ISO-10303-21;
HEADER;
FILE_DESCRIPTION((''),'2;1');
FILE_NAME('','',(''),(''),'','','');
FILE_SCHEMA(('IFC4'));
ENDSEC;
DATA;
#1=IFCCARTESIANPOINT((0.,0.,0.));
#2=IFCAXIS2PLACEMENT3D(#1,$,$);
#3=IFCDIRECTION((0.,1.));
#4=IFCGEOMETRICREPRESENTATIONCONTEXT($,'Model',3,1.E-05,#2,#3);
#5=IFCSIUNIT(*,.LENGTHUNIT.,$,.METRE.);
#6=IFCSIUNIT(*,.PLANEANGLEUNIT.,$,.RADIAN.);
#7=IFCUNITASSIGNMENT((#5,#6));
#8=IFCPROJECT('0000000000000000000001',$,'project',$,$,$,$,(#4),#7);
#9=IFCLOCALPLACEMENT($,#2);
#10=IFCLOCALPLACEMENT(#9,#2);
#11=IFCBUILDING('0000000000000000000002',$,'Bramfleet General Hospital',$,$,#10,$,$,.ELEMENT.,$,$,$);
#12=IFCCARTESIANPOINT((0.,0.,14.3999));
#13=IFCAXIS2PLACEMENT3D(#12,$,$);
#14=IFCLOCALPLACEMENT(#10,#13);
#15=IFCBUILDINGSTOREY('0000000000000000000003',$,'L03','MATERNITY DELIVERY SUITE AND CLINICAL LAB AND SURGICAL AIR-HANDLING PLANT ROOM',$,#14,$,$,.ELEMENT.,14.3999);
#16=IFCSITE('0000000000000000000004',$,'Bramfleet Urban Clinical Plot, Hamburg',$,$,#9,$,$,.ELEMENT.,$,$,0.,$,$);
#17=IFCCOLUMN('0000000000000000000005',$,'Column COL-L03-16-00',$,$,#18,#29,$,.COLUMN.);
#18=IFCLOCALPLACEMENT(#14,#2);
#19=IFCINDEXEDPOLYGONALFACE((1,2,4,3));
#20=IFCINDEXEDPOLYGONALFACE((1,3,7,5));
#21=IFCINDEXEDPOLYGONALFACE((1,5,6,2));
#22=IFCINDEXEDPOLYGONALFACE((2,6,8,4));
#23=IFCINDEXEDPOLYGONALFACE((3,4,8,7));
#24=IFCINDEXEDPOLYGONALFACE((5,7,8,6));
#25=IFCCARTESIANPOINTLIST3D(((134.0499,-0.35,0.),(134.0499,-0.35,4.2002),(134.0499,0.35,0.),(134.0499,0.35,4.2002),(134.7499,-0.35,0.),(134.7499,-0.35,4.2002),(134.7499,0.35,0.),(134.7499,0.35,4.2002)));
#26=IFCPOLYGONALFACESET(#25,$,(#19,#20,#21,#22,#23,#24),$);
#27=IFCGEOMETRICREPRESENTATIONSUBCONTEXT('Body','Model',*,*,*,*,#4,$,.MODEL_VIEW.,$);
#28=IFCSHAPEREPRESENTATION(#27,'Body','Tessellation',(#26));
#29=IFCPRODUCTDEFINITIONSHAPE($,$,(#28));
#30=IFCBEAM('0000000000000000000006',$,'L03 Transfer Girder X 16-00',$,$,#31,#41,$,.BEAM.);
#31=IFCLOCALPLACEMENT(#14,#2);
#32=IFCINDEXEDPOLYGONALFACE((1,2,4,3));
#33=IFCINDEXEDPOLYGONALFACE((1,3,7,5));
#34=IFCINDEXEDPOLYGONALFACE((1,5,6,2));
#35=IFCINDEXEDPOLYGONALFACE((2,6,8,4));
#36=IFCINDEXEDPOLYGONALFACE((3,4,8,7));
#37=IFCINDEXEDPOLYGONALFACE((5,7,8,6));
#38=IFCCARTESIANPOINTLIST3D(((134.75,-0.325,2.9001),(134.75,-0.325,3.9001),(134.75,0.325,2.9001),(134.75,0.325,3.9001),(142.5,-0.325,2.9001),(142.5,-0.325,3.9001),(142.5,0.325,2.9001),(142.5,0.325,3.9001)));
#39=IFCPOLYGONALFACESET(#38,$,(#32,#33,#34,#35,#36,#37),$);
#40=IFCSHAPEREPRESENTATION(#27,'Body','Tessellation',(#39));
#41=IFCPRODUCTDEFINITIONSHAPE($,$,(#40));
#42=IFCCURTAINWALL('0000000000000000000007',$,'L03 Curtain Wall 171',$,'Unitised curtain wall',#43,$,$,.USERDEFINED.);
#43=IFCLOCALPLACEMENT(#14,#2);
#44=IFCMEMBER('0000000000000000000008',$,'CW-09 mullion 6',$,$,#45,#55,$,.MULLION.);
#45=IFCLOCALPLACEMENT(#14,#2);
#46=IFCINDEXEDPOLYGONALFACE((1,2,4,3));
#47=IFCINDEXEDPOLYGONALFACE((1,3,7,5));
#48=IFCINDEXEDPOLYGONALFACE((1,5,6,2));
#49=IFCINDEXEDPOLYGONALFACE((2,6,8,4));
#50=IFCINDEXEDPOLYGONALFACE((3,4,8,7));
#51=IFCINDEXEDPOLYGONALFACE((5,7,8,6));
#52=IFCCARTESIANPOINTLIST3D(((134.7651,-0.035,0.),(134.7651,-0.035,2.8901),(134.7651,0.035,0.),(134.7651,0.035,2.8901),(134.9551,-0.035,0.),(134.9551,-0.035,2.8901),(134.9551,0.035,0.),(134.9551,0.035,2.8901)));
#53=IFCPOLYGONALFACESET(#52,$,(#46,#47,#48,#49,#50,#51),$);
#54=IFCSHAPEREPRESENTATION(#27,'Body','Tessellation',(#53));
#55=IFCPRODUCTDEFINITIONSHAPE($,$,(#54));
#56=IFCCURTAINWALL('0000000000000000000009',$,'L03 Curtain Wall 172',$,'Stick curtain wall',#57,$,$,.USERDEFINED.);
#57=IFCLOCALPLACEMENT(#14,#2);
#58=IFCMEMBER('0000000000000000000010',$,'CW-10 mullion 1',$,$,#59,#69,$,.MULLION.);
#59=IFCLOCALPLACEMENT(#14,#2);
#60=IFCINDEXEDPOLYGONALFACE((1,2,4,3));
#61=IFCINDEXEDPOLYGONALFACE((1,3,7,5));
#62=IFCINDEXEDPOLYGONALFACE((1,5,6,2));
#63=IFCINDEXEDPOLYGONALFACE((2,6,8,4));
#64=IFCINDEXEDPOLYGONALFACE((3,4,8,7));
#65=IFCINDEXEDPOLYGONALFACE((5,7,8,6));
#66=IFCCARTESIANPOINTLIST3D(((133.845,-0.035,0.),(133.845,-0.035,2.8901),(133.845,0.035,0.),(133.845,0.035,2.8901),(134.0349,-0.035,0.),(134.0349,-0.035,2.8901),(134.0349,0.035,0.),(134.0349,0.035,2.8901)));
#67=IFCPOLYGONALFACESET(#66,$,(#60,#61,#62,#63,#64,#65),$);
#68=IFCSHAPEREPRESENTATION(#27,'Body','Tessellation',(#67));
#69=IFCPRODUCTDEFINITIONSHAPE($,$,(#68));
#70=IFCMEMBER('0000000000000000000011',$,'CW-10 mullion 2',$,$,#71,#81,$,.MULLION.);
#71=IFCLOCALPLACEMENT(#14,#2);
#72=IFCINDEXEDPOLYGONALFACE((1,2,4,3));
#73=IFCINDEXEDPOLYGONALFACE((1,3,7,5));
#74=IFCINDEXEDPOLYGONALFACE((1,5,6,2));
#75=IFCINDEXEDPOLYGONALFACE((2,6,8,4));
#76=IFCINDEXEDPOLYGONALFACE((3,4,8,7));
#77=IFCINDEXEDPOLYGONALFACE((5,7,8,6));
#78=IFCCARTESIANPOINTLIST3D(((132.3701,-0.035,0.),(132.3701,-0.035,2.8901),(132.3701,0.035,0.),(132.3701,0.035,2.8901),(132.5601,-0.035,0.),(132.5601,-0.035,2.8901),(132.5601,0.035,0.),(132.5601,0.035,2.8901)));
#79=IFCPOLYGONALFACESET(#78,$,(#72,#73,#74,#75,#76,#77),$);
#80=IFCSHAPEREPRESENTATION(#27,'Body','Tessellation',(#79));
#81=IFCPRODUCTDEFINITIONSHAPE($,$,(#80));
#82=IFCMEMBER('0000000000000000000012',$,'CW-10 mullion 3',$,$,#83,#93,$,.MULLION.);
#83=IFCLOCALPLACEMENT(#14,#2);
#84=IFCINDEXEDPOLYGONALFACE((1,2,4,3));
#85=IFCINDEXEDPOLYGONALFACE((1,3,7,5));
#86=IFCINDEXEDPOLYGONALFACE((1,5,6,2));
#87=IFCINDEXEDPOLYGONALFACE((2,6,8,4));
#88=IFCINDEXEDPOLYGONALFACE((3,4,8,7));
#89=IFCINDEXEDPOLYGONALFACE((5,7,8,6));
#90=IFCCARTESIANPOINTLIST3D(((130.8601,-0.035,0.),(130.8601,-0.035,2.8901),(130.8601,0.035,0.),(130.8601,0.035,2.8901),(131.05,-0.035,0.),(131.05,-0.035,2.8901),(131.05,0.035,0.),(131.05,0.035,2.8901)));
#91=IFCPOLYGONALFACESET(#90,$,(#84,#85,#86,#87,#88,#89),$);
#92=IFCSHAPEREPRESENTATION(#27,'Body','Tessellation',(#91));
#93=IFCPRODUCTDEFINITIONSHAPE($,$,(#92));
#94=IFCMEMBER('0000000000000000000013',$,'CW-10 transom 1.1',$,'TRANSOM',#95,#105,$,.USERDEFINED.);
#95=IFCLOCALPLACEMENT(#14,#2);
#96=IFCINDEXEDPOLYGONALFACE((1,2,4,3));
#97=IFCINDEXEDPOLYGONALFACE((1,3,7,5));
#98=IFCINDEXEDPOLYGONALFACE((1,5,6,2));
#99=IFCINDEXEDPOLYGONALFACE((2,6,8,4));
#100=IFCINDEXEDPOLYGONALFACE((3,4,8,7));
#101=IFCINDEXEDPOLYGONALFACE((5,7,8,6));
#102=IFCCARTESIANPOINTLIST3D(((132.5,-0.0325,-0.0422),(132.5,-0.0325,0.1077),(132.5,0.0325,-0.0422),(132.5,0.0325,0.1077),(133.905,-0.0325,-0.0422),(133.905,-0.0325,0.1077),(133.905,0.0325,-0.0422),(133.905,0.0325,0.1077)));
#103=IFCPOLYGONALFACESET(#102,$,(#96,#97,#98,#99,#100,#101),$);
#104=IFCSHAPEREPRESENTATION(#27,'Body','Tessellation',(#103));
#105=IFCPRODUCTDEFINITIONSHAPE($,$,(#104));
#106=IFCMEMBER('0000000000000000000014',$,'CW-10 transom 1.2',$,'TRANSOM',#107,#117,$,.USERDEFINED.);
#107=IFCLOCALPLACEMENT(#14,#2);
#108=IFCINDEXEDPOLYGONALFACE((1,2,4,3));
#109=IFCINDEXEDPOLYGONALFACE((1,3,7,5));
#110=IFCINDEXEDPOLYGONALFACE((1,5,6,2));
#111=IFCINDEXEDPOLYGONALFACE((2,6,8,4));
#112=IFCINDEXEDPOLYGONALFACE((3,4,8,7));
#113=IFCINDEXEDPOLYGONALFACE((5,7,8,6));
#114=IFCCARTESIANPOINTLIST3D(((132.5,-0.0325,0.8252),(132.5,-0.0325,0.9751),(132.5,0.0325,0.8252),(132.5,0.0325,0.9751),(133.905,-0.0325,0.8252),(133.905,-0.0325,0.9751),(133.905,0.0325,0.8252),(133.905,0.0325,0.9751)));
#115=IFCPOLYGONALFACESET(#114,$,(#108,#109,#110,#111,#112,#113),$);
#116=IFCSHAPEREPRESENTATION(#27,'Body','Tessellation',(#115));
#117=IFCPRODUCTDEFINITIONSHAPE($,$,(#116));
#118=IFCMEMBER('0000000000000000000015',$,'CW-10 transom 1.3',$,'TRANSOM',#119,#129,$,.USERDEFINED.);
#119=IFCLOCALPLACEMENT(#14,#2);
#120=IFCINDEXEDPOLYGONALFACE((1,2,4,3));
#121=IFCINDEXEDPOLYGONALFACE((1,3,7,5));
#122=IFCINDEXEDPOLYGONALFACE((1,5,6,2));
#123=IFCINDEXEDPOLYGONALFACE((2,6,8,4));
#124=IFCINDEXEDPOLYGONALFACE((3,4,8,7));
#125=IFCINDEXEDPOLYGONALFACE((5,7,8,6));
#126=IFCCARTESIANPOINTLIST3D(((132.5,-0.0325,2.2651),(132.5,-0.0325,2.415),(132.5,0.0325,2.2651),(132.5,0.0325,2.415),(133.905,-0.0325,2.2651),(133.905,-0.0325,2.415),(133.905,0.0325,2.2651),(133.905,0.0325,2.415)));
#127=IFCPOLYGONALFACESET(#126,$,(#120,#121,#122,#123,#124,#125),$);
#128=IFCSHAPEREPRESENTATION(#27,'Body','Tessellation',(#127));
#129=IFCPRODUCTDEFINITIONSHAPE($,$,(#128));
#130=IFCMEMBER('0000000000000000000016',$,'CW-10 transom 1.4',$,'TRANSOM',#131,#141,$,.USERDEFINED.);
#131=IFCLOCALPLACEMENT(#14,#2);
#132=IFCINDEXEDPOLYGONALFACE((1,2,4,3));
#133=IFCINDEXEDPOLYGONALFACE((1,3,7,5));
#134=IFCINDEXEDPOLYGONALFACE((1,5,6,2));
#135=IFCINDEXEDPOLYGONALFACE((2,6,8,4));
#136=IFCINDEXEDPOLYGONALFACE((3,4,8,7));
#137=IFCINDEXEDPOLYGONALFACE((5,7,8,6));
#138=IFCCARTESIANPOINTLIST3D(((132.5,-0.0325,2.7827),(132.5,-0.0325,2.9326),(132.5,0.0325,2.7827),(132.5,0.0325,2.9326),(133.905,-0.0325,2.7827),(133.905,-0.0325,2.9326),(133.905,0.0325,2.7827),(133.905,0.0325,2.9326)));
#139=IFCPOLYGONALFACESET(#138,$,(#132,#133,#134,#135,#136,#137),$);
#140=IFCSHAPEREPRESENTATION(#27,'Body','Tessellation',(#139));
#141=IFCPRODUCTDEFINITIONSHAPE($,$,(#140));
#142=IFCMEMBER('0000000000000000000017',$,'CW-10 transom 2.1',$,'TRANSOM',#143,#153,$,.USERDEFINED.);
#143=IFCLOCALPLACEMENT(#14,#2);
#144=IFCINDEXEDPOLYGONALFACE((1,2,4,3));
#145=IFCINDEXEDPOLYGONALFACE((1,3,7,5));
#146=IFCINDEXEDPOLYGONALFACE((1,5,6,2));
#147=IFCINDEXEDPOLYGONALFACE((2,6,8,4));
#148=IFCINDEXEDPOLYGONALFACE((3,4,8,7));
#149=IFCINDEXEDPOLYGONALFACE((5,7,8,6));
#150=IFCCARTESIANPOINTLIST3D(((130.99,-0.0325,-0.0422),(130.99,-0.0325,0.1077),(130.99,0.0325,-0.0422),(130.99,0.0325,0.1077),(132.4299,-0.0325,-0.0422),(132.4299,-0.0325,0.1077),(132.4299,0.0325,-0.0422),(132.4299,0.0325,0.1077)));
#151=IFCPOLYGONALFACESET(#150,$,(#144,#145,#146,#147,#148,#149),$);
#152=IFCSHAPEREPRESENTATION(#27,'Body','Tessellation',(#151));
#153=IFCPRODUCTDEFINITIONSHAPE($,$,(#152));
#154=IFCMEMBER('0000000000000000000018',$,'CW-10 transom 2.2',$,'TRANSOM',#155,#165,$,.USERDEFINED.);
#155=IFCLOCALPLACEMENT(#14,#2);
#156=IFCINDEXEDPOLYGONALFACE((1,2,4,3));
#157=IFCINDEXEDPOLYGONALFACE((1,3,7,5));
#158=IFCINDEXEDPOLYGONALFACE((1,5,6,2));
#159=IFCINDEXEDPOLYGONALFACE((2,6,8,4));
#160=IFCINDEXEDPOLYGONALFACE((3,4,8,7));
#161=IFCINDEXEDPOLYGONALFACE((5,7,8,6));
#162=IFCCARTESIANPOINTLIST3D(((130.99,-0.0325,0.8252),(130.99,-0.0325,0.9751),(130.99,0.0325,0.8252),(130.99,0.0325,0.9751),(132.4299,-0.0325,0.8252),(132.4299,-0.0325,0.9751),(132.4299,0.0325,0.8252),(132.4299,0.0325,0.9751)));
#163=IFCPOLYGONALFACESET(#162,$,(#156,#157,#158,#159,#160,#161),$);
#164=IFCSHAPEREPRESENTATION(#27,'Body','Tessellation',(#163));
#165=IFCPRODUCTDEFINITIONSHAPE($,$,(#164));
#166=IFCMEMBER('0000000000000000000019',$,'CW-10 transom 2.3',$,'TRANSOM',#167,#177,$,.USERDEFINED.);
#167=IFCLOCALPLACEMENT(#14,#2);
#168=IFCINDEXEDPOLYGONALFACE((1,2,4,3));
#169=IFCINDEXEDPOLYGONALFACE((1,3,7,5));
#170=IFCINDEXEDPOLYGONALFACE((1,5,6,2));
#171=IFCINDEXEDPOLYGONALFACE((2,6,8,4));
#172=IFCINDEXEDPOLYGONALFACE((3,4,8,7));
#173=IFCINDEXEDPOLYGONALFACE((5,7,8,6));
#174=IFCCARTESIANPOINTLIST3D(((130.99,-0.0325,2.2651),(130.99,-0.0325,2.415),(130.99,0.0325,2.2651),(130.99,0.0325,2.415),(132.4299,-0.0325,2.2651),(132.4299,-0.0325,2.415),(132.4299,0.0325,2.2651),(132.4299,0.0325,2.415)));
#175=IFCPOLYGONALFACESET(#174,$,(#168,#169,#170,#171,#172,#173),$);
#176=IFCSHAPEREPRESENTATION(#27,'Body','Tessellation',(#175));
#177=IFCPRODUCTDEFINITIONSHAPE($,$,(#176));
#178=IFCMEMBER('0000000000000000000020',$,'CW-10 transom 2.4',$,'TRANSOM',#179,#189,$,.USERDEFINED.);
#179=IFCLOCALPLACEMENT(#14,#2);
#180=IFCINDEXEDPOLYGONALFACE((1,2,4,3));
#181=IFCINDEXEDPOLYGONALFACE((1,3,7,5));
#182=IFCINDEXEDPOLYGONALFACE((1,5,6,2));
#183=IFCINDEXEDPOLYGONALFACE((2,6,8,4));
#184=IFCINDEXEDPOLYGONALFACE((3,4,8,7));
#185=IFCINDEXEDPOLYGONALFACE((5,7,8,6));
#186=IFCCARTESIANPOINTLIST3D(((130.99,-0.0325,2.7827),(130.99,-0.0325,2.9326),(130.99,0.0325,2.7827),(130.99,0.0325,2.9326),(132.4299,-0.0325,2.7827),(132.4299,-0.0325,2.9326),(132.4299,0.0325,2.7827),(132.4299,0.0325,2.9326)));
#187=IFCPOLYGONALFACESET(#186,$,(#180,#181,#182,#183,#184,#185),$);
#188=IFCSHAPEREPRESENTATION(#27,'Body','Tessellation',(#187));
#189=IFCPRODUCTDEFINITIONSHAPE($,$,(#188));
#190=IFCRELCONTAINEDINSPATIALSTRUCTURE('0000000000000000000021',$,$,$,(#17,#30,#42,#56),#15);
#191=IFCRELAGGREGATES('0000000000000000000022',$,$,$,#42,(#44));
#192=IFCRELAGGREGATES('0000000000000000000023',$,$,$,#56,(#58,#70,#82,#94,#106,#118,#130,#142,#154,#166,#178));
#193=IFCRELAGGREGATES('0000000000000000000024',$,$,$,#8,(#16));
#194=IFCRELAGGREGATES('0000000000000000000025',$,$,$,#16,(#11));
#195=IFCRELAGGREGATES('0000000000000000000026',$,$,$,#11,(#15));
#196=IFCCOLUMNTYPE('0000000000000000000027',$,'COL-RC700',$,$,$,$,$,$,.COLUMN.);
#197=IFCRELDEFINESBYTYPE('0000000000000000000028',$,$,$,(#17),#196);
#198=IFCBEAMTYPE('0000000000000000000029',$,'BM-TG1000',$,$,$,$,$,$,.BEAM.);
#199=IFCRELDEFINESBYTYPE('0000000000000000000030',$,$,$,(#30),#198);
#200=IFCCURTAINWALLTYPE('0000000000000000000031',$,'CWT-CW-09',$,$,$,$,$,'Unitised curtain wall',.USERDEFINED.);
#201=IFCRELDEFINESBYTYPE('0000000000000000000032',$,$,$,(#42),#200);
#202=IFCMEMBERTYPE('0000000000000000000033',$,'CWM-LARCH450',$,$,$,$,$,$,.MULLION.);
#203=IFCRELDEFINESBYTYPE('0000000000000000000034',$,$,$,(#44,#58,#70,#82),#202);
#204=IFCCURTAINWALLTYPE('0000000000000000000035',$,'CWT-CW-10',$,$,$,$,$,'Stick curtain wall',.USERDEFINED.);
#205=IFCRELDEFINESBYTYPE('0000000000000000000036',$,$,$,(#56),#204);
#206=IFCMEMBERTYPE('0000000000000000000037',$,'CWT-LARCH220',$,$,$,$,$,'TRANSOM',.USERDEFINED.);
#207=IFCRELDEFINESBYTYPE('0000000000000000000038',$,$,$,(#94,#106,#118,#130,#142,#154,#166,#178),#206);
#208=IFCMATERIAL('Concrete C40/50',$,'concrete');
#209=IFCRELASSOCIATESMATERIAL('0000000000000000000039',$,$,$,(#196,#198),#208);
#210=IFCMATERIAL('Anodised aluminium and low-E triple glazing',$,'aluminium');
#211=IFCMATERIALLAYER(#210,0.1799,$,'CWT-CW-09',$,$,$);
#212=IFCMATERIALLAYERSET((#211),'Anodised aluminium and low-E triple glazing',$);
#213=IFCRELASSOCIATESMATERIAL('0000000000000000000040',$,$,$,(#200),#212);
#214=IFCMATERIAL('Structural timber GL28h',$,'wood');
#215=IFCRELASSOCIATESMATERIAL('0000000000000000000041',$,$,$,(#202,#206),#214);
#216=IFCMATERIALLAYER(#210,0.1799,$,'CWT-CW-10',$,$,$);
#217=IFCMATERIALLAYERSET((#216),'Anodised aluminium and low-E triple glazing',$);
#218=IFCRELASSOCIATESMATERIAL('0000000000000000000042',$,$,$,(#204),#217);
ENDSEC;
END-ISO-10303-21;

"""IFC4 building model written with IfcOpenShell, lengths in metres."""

from ifc_helpers import new_model, si_unit, direction, frame, origin, origin_2d, place, context, subcontext, project, spatial, rectangle, extrude, material, layer, layer_set, material_profile, profile_set, type_object, element, aggregate, save


model = new_model("IFC4")

# Units and contexts
model_context = context("Model", 3, precision=1e-05, world=origin(), true_north=direction((0.0, 1.0)))
body_context = subcontext(model_context, "Body", "Model", "MODEL_VIEW")
ifc_project = project(units=[si_unit("LENGTHUNIT", "METRE"), si_unit("PLANEANGLEUNIT", "RADIAN")], contexts=[model_context])

# Site, building, storey
site_placement = place(None, origin())
site = spatial("IfcSite", under=ifc_project, at=site_placement, Name="Bramfleet Urban Clinical Plot, Hamburg", CompositionType="ELEMENT", RefElevation=0.0)
building_placement = place(site_placement, origin())
building = spatial("IfcBuilding", under=site, at=building_placement, Name="Bramfleet General Hospital", CompositionType="ELEMENT")
storey_placement = place(building_placement, frame((0.0, 0.0, 14.3999)))
storey = spatial("IfcBuildingStorey", under=building, at=storey_placement, Name="L03", Description="MATERNITY DELIVERY SUITE AND CLINICAL LAB AND SURGICAL AIR-HANDLING PLANT ROOM", CompositionType="ELEMENT", Elevation=14.3999)

# Column
ifc_material_1 = material(Name="Concrete C40/50", Category="concrete")
ifc_material_profile_1 = material_profile(ifc_material_1, rectangle(XDim=0.7, YDim=0.7, at=origin_2d()), Name="RC COL 700x700")
ifc_profile_set_1 = profile_set([ifc_material_profile_1], Name="Concrete C40/50")
column_type = type_object("IfcColumnType", Name="COL-RC700", PredefinedType="COLUMN", material=ifc_profile_set_1)
column_placement = place(storey_placement, frame((134.3999, 0.0, 0.0), z_axis=(0.0, 0.0, 1.0), x_axis=(1.0, 0.0, 0.0)))
element("IfcColumn", 1, at=column_placement, inside=storey, type_object=column_type, Name="Column COL-L03-16-00", PredefinedType="COLUMN", context=body_context, shape_type="SweptSolid", body=[
    extrude(rectangle(XDim=0.7, YDim=0.7, at=origin_2d()), origin(), (0.0, 0.0, 1.0), 4.2002),
])

# Beam
ifc_material_profile_2 = material_profile(ifc_material_1, rectangle(XDim=0.6499, YDim=1.0, at=origin_2d()), Name="RC TG 1000x650")
ifc_profile_set_2 = profile_set([ifc_material_profile_2], Name="Concrete C40/50")
beam_type = type_object("IfcBeamType", Name="BM-TG1000", PredefinedType="BEAM", material=ifc_profile_set_2)
beam_placement = place(storey_placement, frame((134.75, 0.0, 3.4001), z_axis=(1.0, 0.0, 0.0), x_axis=(0.0, 1.0, 0.0)))
element("IfcBeam", 2, at=beam_placement, inside=storey, type_object=beam_type, Name="L03 Transfer Girder X 16-00", PredefinedType="BEAM", context=body_context, shape_type="SweptSolid", body=[
    extrude(rectangle(XDim=0.6499, YDim=1.0, at=origin_2d()), origin(), (0.0, 0.0, 1.0), 7.75),
])

# Curtain wall, member
ifc_material_2 = material(Name="Anodised aluminium and low-E triple glazing", Category="aluminium")
ifc_layer_1 = layer(ifc_material_2, 0.1799, Name="CWT-CW-09")
ifc_layer_set_1 = layer_set([ifc_layer_1], Name="Anodised aluminium and low-E triple glazing")
curtain_wall_type_1 = type_object("IfcCurtainWallType", Name="CWT-CW-09", ElementType="Unitised curtain wall", PredefinedType="USERDEFINED", material=ifc_layer_set_1)
curtain_wall_1_placement = place(storey_placement, origin())
curtain_wall_1 = element("IfcCurtainWall", 3, at=curtain_wall_1_placement, inside=storey, type_object=curtain_wall_type_1, Name="L03 Curtain Wall 171", ObjectType="Unitised curtain wall", PredefinedType="USERDEFINED")
ifc_material_3 = material(Name="Structural timber GL28h", Category="wood")
ifc_material_profile_3 = material_profile(ifc_material_3, rectangle(XDim=0.0701, YDim=0.1899, at=origin_2d()), Name="LARCH 190x70")
ifc_profile_set_3 = profile_set([ifc_material_profile_3], Name="Structural timber GL28h")
member_type_1 = type_object("IfcMemberType", Name="CWM-LARCH450", PredefinedType="MULLION", material=ifc_profile_set_3)
member_1_placement = place(storey_placement, frame((134.8601, 0.0, 0.0), z_axis=(0.0, 0.0, 1.0), x_axis=(0.0, -1.0, 0.0)))
member_1 = element("IfcMember", 4, at=member_1_placement, type_object=member_type_1, Name="CW-09 mullion 6", PredefinedType="MULLION", context=body_context, shape_type="SweptSolid", body=[
    extrude(rectangle(XDim=0.0701, YDim=0.1899, at=origin_2d()), origin(), (0.0, 0.0, 1.0), 2.8901),
])

# Curtain wall, members
ifc_layer_2 = layer(ifc_material_2, 0.1799, Name="CWT-CW-10")
ifc_layer_set_2 = layer_set([ifc_layer_2], Name="Anodised aluminium and low-E triple glazing")
curtain_wall_type_2 = type_object("IfcCurtainWallType", Name="CWT-CW-10", ElementType="Stick curtain wall", PredefinedType="USERDEFINED", material=ifc_layer_set_2)
curtain_wall_2_placement = place(storey_placement, origin())
curtain_wall_2 = element("IfcCurtainWall", 5, at=curtain_wall_2_placement, inside=storey, type_object=curtain_wall_type_2, Name="L03 Curtain Wall 172", ObjectType="Stick curtain wall", PredefinedType="USERDEFINED")
member_2_placement = place(storey_placement, frame((133.9399, 0.0, 0.0), z_axis=(0.0, 0.0, 1.0), x_axis=(0.0, -1.0, 0.0)))
member_2 = element("IfcMember", 6, at=member_2_placement, type_object=member_type_1, Name="CW-10 mullion 1", PredefinedType="MULLION", context=body_context, shape_type="SweptSolid", body=[
    extrude(rectangle(XDim=0.0701, YDim=0.1899, at=origin_2d()), origin(), (0.0, 0.0, 1.0), 2.8901),
])
member_3_placement = place(storey_placement, frame((132.4651, 0.0, 0.0), z_axis=(0.0, 0.0, 1.0), x_axis=(0.0, -1.0, 0.0)))
member_3 = element("IfcMember", 7, at=member_3_placement, type_object=member_type_1, Name="CW-10 mullion 2", PredefinedType="MULLION", context=body_context, shape_type="SweptSolid", body=[
    extrude(rectangle(XDim=0.0701, YDim=0.1899, at=origin_2d()), origin(), (0.0, 0.0, 1.0), 2.8901),
])
member_4_placement = place(storey_placement, frame((130.9551, 0.0, 0.0), z_axis=(0.0, 0.0, 1.0), x_axis=(0.0, -1.0, 0.0)))
member_4 = element("IfcMember", 8, at=member_4_placement, type_object=member_type_1, Name="CW-10 mullion 3", PredefinedType="MULLION", context=body_context, shape_type="SweptSolid", body=[
    extrude(rectangle(XDim=0.0701, YDim=0.1899, at=origin_2d()), origin(), (0.0, 0.0, 1.0), 2.8901),
])
ifc_material_profile_4 = material_profile(ifc_material_3, rectangle(XDim=0.0649, YDim=0.1499, at=origin_2d()), Name="LARCH 150x65")
ifc_profile_set_4 = profile_set([ifc_material_profile_4], Name="Structural timber GL28h")
member_type_2 = type_object("IfcMemberType", Name="CWT-LARCH220", ElementType="TRANSOM", PredefinedType="USERDEFINED", material=ifc_profile_set_4)
member_5_placement = place(storey_placement, frame((133.905, 0.0, 0.0327), z_axis=(-1.0, 0.0, 0.0), x_axis=(0.0, -1.0, 0.0)))
member_5 = element("IfcMember", 9, at=member_5_placement, type_object=member_type_2, Name="CW-10 transom 1.1", ObjectType="TRANSOM", PredefinedType="USERDEFINED", context=body_context, shape_type="SweptSolid", body=[
    extrude(rectangle(XDim=0.0649, YDim=0.1499, at=origin_2d()), origin(), (0.0, 0.0, 1.0), 1.405),
])
member_6_placement = place(storey_placement, frame((133.905, 0.0, 0.9001), z_axis=(-1.0, 0.0, 0.0), x_axis=(0.0, -1.0, 0.0)))
member_6 = element("IfcMember", 10, at=member_6_placement, type_object=member_type_2, Name="CW-10 transom 1.2", ObjectType="TRANSOM", PredefinedType="USERDEFINED", context=body_context, shape_type="SweptSolid", body=[
    extrude(rectangle(XDim=0.0649, YDim=0.1499, at=origin_2d()), origin(), (0.0, 0.0, 1.0), 1.405),
])
member_7_placement = place(storey_placement, frame((133.905, 0.0, 2.3401), z_axis=(-1.0, 0.0, 0.0), x_axis=(0.0, -1.0, 0.0)))
member_7 = element("IfcMember", 11, at=member_7_placement, type_object=member_type_2, Name="CW-10 transom 1.3", ObjectType="TRANSOM", PredefinedType="USERDEFINED", context=body_context, shape_type="SweptSolid", body=[
    extrude(rectangle(XDim=0.0649, YDim=0.1499, at=origin_2d()), origin(), (0.0, 0.0, 1.0), 1.405),
])
member_8_placement = place(storey_placement, frame((133.905, 0.0, 2.8577), z_axis=(-1.0, 0.0, 0.0), x_axis=(0.0, -1.0, 0.0)))
member_8 = element("IfcMember", 12, at=member_8_placement, type_object=member_type_2, Name="CW-10 transom 1.4", ObjectType="TRANSOM", PredefinedType="USERDEFINED", context=body_context, shape_type="SweptSolid", body=[
    extrude(rectangle(XDim=0.0649, YDim=0.1499, at=origin_2d()), origin(), (0.0, 0.0, 1.0), 1.405),
])
member_9_placement = place(storey_placement, frame((132.4299, 0.0, 0.0327), z_axis=(-1.0, 0.0, 0.0), x_axis=(0.0, -1.0, 0.0)))
member_9 = element("IfcMember", 13, at=member_9_placement, type_object=member_type_2, Name="CW-10 transom 2.1", ObjectType="TRANSOM", PredefinedType="USERDEFINED", context=body_context, shape_type="SweptSolid", body=[
    extrude(rectangle(XDim=0.0649, YDim=0.1499, at=origin_2d()), origin(), (0.0, 0.0, 1.0), 1.4399),
])
member_10_placement = place(storey_placement, frame((132.4299, 0.0, 0.9001), z_axis=(-1.0, 0.0, 0.0), x_axis=(0.0, -1.0, 0.0)))
member_10 = element("IfcMember", 14, at=member_10_placement, type_object=member_type_2, Name="CW-10 transom 2.2", ObjectType="TRANSOM", PredefinedType="USERDEFINED", context=body_context, shape_type="SweptSolid", body=[
    extrude(rectangle(XDim=0.0649, YDim=0.1499, at=origin_2d()), origin(), (0.0, 0.0, 1.0), 1.4399),
])
member_11_placement = place(storey_placement, frame((132.4299, 0.0, 2.3401), z_axis=(-1.0, 0.0, 0.0), x_axis=(0.0, -1.0, 0.0)))
member_11 = element("IfcMember", 15, at=member_11_placement, type_object=member_type_2, Name="CW-10 transom 2.3", ObjectType="TRANSOM", PredefinedType="USERDEFINED", context=body_context, shape_type="SweptSolid", body=[
    extrude(rectangle(XDim=0.0649, YDim=0.1499, at=origin_2d()), origin(), (0.0, 0.0, 1.0), 1.4399),
])
member_12_placement = place(storey_placement, frame((132.4299, 0.0, 2.8577), z_axis=(-1.0, 0.0, 0.0), x_axis=(0.0, -1.0, 0.0)))
member_12 = element("IfcMember", 16, at=member_12_placement, type_object=member_type_2, Name="CW-10 transom 2.4", ObjectType="TRANSOM", PredefinedType="USERDEFINED", context=body_context, shape_type="SweptSolid", body=[
    extrude(rectangle(XDim=0.0649, YDim=0.1499, at=origin_2d()), origin(), (0.0, 0.0, 1.0), 1.4399),
])

aggregate(curtain_wall_1, [member_1])
aggregate(curtain_wall_2, [member_2, member_3, member_4, member_5, member_6, member_7, member_8, member_9, member_10, member_11, member_12])

save(model, "model.ifc")
